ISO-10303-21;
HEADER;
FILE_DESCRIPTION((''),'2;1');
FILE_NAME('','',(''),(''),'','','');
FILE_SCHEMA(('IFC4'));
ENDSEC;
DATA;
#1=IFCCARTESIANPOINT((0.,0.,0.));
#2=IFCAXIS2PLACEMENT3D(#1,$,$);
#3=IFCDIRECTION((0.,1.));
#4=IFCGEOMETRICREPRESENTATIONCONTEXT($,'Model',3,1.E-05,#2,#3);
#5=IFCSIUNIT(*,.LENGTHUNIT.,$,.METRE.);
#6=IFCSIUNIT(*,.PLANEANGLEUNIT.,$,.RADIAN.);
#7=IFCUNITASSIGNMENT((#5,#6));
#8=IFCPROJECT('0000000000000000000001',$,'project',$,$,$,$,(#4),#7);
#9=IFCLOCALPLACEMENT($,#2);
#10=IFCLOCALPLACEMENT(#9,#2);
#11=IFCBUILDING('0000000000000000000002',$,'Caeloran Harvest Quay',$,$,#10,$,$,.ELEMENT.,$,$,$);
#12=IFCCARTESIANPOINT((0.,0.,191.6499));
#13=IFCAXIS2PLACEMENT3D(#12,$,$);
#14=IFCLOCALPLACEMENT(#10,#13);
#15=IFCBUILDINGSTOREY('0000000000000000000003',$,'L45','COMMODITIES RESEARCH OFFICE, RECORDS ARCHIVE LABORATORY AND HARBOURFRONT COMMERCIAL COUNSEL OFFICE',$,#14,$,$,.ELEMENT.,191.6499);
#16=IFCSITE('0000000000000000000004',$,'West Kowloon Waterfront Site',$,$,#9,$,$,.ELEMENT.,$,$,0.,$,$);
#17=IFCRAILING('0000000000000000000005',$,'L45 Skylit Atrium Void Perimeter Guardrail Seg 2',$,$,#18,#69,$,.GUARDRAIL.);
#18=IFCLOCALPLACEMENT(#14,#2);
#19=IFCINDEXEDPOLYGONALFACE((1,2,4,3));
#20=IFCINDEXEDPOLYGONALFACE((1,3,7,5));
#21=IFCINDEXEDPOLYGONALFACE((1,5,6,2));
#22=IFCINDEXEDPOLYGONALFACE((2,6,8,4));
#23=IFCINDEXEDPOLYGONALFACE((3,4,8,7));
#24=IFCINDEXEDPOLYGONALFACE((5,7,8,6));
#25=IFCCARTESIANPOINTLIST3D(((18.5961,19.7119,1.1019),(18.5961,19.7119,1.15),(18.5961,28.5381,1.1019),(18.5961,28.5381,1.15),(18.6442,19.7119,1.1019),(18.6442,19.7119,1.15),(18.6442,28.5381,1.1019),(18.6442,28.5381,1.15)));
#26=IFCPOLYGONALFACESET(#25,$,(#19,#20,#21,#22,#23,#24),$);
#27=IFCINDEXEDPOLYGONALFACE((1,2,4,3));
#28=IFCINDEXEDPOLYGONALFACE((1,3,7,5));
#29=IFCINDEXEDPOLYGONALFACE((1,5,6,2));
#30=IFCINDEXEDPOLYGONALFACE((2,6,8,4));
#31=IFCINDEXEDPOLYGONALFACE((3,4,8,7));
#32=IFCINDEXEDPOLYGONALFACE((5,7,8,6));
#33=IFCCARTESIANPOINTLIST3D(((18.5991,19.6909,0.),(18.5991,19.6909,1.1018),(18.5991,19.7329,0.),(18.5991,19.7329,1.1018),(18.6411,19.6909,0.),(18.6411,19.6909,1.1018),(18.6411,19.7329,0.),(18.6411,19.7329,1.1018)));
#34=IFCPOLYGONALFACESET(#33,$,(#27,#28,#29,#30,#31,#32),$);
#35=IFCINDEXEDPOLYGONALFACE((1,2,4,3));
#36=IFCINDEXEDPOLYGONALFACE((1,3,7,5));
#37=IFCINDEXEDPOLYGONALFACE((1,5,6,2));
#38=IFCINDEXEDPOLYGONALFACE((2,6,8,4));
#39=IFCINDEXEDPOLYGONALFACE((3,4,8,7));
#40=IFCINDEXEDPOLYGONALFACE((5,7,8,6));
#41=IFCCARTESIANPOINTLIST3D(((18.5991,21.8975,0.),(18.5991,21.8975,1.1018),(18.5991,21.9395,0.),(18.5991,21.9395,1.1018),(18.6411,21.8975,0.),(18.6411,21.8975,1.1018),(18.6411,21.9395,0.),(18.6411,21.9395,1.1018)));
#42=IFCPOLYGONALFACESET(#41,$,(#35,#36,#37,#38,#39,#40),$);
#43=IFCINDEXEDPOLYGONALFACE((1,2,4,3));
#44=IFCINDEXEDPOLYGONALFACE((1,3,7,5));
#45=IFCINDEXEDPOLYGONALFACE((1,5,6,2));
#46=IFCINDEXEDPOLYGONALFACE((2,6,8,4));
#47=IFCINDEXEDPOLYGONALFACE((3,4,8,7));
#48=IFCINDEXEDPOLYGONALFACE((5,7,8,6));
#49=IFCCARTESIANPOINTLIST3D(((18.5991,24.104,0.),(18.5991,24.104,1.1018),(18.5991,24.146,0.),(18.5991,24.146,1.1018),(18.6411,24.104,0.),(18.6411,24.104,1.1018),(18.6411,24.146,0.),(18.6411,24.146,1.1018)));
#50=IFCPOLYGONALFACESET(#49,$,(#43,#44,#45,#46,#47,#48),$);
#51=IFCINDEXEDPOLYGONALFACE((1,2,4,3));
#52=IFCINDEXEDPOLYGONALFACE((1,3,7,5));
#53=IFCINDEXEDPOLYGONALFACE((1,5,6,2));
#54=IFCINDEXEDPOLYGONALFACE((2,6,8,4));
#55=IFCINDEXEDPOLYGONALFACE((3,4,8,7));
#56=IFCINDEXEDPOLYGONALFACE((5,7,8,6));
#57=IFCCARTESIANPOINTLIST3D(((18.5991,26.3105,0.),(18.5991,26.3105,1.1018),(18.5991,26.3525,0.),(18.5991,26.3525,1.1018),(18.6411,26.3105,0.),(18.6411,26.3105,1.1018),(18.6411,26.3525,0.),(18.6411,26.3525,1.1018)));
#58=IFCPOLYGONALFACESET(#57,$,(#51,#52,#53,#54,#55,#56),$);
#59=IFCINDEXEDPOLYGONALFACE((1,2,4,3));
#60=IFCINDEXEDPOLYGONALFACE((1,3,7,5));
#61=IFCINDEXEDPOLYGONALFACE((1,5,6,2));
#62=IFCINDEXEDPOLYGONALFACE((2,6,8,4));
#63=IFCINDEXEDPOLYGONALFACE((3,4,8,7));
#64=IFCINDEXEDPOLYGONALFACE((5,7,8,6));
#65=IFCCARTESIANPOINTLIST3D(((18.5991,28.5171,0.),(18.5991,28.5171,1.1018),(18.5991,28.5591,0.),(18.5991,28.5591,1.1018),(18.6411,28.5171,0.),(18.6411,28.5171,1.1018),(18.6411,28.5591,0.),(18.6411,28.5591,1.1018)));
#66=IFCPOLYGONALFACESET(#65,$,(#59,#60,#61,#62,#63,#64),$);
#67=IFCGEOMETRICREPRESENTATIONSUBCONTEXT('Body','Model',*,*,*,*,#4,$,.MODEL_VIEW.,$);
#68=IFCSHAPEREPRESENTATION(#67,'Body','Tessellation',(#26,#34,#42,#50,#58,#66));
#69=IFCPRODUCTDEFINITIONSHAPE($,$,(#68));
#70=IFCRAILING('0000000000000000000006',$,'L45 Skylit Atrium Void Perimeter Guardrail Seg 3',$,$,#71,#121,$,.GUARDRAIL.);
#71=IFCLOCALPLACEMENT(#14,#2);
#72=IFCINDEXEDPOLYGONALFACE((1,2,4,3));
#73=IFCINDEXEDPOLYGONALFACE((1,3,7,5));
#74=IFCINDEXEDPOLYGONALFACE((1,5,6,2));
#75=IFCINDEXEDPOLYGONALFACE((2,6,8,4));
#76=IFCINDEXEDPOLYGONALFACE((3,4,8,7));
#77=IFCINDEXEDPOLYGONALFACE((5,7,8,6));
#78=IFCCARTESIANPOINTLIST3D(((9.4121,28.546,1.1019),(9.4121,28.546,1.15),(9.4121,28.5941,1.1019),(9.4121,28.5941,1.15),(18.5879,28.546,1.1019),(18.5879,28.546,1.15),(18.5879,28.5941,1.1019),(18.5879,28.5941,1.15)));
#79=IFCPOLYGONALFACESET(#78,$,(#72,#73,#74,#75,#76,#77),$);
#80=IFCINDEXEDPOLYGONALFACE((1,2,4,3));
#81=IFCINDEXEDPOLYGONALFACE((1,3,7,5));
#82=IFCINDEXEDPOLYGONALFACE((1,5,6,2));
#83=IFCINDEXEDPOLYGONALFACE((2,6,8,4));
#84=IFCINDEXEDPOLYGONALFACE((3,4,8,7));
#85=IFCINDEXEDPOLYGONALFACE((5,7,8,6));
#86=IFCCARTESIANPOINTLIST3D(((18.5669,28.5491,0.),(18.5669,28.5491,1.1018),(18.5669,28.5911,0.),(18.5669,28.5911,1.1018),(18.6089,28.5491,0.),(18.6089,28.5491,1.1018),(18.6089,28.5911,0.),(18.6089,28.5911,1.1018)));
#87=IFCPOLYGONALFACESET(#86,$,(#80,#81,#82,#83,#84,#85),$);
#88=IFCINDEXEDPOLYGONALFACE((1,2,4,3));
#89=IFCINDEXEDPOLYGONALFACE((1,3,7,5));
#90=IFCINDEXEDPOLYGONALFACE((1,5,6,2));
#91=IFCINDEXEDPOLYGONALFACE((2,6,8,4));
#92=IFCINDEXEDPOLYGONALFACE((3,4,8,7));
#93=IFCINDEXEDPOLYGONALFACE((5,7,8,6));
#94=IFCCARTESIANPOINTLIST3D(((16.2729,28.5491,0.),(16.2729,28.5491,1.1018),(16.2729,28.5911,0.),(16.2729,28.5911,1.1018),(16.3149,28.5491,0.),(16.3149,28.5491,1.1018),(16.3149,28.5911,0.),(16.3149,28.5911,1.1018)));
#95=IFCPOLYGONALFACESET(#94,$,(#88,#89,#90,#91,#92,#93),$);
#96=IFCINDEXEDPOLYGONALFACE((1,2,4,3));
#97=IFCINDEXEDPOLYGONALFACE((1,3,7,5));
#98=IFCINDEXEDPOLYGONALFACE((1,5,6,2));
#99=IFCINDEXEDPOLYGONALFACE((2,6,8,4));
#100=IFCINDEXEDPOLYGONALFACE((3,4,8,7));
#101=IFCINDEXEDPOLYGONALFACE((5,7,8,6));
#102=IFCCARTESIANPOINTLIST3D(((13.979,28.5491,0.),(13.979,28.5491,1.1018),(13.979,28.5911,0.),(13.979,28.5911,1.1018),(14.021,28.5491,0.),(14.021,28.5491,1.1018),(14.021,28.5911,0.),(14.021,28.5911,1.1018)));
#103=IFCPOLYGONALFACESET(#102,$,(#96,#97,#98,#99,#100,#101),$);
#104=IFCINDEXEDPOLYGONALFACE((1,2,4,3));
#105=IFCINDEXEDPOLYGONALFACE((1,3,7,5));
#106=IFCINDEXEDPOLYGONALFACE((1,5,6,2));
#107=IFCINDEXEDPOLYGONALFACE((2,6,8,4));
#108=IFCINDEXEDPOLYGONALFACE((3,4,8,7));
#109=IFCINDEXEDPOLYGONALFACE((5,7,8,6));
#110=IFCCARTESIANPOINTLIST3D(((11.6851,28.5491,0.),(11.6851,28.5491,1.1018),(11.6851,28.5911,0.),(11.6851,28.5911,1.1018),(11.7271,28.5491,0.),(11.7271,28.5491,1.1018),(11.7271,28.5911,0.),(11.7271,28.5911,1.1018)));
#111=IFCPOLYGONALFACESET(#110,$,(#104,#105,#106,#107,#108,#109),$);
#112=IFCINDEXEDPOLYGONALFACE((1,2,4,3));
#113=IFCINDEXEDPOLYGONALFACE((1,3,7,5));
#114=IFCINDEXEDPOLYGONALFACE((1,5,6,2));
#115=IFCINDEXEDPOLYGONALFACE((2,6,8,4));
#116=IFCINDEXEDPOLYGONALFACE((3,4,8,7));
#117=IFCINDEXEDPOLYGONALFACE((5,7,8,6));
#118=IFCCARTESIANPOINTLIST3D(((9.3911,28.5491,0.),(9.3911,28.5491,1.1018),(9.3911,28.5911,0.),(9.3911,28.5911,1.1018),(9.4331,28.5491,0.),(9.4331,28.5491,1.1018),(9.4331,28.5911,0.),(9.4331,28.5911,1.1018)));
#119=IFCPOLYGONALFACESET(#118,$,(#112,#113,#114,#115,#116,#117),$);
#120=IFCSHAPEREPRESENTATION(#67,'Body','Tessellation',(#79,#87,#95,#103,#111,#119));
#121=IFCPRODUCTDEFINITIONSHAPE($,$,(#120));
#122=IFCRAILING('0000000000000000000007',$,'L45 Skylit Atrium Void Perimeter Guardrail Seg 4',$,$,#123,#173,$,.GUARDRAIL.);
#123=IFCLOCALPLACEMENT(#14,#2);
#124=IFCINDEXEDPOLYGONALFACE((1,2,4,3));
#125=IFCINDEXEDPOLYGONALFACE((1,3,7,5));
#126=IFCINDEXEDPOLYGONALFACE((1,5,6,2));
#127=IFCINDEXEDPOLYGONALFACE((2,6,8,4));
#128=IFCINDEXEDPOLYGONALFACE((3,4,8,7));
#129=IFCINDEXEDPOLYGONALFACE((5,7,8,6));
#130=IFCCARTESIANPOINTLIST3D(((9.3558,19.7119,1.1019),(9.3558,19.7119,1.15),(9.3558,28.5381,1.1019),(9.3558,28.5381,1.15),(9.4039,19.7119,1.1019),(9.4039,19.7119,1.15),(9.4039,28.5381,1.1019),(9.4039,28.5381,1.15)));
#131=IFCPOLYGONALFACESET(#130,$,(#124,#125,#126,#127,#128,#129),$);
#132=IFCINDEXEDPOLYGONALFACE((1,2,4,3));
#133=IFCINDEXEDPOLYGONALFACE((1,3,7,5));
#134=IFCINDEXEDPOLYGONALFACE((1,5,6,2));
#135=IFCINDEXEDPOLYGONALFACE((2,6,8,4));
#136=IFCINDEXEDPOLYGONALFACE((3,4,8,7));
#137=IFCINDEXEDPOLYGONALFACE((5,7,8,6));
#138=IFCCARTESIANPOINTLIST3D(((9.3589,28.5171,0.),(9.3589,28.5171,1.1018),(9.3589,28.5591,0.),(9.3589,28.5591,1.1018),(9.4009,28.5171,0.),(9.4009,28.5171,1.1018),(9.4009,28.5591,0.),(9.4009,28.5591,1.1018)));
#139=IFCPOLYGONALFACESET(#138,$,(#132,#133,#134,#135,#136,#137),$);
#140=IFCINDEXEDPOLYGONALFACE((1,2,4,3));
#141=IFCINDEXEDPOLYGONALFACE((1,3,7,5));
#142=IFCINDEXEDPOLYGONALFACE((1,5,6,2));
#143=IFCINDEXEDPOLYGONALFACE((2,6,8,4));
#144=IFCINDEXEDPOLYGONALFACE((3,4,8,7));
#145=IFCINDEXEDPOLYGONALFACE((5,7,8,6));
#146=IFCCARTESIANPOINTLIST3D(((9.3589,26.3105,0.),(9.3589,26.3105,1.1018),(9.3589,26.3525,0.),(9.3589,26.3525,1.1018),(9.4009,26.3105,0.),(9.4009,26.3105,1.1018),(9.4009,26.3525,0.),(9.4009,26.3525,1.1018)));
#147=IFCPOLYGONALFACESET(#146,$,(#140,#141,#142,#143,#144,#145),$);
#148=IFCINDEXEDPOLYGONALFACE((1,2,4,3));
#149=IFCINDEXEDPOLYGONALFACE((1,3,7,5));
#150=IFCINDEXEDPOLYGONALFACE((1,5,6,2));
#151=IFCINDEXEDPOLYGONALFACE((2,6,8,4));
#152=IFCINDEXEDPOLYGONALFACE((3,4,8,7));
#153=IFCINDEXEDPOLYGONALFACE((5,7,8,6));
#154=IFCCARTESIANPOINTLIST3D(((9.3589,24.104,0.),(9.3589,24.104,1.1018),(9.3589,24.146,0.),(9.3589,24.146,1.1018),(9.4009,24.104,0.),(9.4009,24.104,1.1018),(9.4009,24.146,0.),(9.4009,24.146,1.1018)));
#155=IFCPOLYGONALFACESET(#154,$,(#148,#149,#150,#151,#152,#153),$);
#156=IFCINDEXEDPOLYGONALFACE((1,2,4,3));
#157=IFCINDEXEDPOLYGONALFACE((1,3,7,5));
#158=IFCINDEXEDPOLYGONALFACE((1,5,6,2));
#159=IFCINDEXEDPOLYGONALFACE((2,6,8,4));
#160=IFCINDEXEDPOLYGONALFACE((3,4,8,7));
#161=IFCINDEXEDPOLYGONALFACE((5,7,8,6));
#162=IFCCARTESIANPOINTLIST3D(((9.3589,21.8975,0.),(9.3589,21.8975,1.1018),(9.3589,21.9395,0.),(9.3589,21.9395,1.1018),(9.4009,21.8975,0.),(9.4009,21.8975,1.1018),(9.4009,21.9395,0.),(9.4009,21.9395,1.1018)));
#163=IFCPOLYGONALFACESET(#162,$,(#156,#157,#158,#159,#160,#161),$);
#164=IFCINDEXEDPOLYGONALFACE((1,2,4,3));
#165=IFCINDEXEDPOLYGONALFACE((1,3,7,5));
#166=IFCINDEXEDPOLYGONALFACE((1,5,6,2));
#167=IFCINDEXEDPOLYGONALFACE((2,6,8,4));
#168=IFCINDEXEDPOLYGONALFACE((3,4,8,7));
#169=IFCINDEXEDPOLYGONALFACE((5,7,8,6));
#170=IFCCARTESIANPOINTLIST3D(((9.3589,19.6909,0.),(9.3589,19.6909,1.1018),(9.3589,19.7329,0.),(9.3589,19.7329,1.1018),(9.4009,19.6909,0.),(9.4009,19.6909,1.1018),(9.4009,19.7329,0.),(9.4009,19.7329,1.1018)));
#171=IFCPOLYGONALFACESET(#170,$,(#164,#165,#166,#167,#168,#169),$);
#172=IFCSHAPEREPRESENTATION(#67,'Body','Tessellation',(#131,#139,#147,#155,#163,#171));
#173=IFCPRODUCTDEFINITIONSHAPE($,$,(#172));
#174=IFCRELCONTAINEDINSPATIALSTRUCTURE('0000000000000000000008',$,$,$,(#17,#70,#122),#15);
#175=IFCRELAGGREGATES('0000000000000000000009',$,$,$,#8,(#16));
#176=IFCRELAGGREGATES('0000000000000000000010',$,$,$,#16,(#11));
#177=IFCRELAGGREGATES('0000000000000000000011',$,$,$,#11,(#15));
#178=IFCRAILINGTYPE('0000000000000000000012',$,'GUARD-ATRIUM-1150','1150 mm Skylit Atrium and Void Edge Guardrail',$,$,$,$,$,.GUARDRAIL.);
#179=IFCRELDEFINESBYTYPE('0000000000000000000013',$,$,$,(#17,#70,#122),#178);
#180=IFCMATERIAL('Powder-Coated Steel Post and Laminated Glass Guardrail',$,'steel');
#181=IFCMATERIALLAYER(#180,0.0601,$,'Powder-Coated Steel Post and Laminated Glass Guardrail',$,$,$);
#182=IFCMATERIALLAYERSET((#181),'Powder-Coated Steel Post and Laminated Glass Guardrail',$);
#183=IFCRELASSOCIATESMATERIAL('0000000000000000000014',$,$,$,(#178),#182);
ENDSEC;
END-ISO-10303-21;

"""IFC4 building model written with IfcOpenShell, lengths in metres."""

from ifc_helpers import new_model, si_unit, direction, frame, origin, origin_2d, place, context, subcontext, project, spatial, rectangle, extrude, material, layer, layer_set, type_object, element, save


model = new_model("IFC4")

# Units and contexts
model_context = context("Model", 3, precision=1e-05, world=origin(), true_north=direction((0.0, 1.0)))
body_context = subcontext(model_context, "Body", "Model", "MODEL_VIEW")
ifc_project = project(units=[si_unit("LENGTHUNIT", "METRE"), si_unit("PLANEANGLEUNIT", "RADIAN")], contexts=[model_context])

# Site, building, storey
site_placement = place(None, origin())
site = spatial("IfcSite", under=ifc_project, at=site_placement, Name="West Kowloon Waterfront Site", CompositionType="ELEMENT", RefElevation=0.0)
building_placement = place(site_placement, origin())
building = spatial("IfcBuilding", under=site, at=building_placement, Name="Caeloran Harvest Quay", CompositionType="ELEMENT")
storey_placement = place(building_placement, frame((0.0, 0.0, 191.6499)))
storey = spatial("IfcBuildingStorey", under=building, at=storey_placement, Name="L45", Description="COMMODITIES RESEARCH OFFICE, RECORDS ARCHIVE LABORATORY AND HARBOURFRONT COMMERCIAL COUNSEL OFFICE", CompositionType="ELEMENT", Elevation=191.6499)

# Railings
ifc_material_1 = material(Name="Powder-Coated Steel Post and Laminated Glass Guardrail", Category="steel")
ifc_layer_1 = layer(ifc_material_1, 0.0601, Name="Powder-Coated Steel Post and Laminated Glass Guardrail")
ifc_layer_set_1 = layer_set([ifc_layer_1], Name="Powder-Coated Steel Post and Laminated Glass Guardrail")
railing_type = type_object("IfcRailingType", Name="GUARD-ATRIUM-1150", Description="1150 mm Skylit Atrium and Void Edge Guardrail", PredefinedType="GUARDRAIL", material=ifc_layer_set_1)
railing_1_placement = place(storey_placement, frame((18.6201, 19.7119, 0.0)))
element("IfcRailing", 1, at=railing_1_placement, inside=storey, type_object=railing_type, Name="L45 Skylit Atrium Void Perimeter Guardrail Seg 2", PredefinedType="GUARDRAIL", context=body_context, shape_type="SweptSolid", body=[
    extrude(rectangle(XDim=0.0481, YDim=0.0481, at=origin_2d()), frame((0.0, 0.0, 1.126), z_axis=(0.0, 1.0, 0.0), x_axis=(-1.0, 0.0, 0.0)), (0.0, 0.0, 1.0), 8.8262),
    extrude(rectangle(XDim=0.042, YDim=0.042, at=origin_2d()), origin(), (0.0, 0.0, 1.0), 1.1018),
    extrude(rectangle(XDim=0.042, YDim=0.042, at=origin_2d()), frame((0.0, 2.2065, 0.0)), (0.0, 0.0, 1.0), 1.1018),
    extrude(rectangle(XDim=0.042, YDim=0.042, at=origin_2d()), frame((0.0, 4.4131, 0.0)), (0.0, 0.0, 1.0), 1.1018),
    extrude(rectangle(XDim=0.042, YDim=0.042, at=origin_2d()), frame((0.0, 6.6196, 0.0)), (0.0, 0.0, 1.0), 1.1018),
    extrude(rectangle(XDim=0.042, YDim=0.042, at=origin_2d()), frame((0.0, 8.8262, 0.0)), (0.0, 0.0, 1.0), 1.1018),
])
railing_2_placement = place(storey_placement, frame((18.5879, 28.5701, 0.0)))
element("IfcRailing", 2, at=railing_2_placement, inside=storey, type_object=railing_type, Name="L45 Skylit Atrium Void Perimeter Guardrail Seg 3", PredefinedType="GUARDRAIL", context=body_context, shape_type="SweptSolid", body=[
    extrude(rectangle(XDim=0.0481, YDim=0.0481, at=origin_2d()), frame((0.0, 0.0, 1.126), z_axis=(-1.0, 0.0, 0.0), x_axis=(0.0, -1.0, 0.0)), (0.0, 0.0, 1.0), 9.1758),
    extrude(rectangle(XDim=0.042, YDim=0.042, at=origin_2d()), origin(), (0.0, 0.0, 1.0), 1.1018),
    extrude(rectangle(XDim=0.042, YDim=0.042, at=origin_2d()), frame((-2.2939, 0.0, 0.0)), (0.0, 0.0, 1.0), 1.1018),
    extrude(rectangle(XDim=0.042, YDim=0.042, at=origin_2d()), frame((-4.5879, 0.0, 0.0)), (0.0, 0.0, 1.0), 1.1018),
    extrude(rectangle(XDim=0.042, YDim=0.042, at=origin_2d()), frame((-6.8818, 0.0, 0.0)), (0.0, 0.0, 1.0), 1.1018),
    extrude(rectangle(XDim=0.042, YDim=0.042, at=origin_2d()), frame((-9.1758, 0.0, 0.0)), (0.0, 0.0, 1.0), 1.1018),
])
railing_3_placement = place(storey_placement, frame((9.3799, 28.5381, 0.0)))
element("IfcRailing", 3, at=railing_3_placement, inside=storey, type_object=railing_type, Name="L45 Skylit Atrium Void Perimeter Guardrail Seg 4", PredefinedType="GUARDRAIL", context=body_context, shape_type="SweptSolid", body=[
    extrude(rectangle(XDim=0.0481, YDim=0.0481, at=origin_2d()), frame((0.0, 0.0, 1.126), z_axis=(0.0, -1.0, 0.0), x_axis=(1.0, 0.0, 0.0)), (0.0, 0.0, 1.0), 8.8262),
    extrude(rectangle(XDim=0.042, YDim=0.042, at=origin_2d()), origin(), (0.0, 0.0, 1.0), 1.1018),
    extrude(rectangle(XDim=0.042, YDim=0.042, at=origin_2d()), frame((0.0, -2.2065, 0.0)), (0.0, 0.0, 1.0), 1.1018),
    extrude(rectangle(XDim=0.042, YDim=0.042, at=origin_2d()), frame((0.0, -4.4131, 0.0)), (0.0, 0.0, 1.0), 1.1018),
    extrude(rectangle(XDim=0.042, YDim=0.042, at=origin_2d()), frame((0.0, -6.6196, 0.0)), (0.0, 0.0, 1.0), 1.1018),
    extrude(rectangle(XDim=0.042, YDim=0.042, at=origin_2d()), frame((0.0, -8.8262, 0.0)), (0.0, 0.0, 1.0), 1.1018),
])

save(model, "model.ifc")
